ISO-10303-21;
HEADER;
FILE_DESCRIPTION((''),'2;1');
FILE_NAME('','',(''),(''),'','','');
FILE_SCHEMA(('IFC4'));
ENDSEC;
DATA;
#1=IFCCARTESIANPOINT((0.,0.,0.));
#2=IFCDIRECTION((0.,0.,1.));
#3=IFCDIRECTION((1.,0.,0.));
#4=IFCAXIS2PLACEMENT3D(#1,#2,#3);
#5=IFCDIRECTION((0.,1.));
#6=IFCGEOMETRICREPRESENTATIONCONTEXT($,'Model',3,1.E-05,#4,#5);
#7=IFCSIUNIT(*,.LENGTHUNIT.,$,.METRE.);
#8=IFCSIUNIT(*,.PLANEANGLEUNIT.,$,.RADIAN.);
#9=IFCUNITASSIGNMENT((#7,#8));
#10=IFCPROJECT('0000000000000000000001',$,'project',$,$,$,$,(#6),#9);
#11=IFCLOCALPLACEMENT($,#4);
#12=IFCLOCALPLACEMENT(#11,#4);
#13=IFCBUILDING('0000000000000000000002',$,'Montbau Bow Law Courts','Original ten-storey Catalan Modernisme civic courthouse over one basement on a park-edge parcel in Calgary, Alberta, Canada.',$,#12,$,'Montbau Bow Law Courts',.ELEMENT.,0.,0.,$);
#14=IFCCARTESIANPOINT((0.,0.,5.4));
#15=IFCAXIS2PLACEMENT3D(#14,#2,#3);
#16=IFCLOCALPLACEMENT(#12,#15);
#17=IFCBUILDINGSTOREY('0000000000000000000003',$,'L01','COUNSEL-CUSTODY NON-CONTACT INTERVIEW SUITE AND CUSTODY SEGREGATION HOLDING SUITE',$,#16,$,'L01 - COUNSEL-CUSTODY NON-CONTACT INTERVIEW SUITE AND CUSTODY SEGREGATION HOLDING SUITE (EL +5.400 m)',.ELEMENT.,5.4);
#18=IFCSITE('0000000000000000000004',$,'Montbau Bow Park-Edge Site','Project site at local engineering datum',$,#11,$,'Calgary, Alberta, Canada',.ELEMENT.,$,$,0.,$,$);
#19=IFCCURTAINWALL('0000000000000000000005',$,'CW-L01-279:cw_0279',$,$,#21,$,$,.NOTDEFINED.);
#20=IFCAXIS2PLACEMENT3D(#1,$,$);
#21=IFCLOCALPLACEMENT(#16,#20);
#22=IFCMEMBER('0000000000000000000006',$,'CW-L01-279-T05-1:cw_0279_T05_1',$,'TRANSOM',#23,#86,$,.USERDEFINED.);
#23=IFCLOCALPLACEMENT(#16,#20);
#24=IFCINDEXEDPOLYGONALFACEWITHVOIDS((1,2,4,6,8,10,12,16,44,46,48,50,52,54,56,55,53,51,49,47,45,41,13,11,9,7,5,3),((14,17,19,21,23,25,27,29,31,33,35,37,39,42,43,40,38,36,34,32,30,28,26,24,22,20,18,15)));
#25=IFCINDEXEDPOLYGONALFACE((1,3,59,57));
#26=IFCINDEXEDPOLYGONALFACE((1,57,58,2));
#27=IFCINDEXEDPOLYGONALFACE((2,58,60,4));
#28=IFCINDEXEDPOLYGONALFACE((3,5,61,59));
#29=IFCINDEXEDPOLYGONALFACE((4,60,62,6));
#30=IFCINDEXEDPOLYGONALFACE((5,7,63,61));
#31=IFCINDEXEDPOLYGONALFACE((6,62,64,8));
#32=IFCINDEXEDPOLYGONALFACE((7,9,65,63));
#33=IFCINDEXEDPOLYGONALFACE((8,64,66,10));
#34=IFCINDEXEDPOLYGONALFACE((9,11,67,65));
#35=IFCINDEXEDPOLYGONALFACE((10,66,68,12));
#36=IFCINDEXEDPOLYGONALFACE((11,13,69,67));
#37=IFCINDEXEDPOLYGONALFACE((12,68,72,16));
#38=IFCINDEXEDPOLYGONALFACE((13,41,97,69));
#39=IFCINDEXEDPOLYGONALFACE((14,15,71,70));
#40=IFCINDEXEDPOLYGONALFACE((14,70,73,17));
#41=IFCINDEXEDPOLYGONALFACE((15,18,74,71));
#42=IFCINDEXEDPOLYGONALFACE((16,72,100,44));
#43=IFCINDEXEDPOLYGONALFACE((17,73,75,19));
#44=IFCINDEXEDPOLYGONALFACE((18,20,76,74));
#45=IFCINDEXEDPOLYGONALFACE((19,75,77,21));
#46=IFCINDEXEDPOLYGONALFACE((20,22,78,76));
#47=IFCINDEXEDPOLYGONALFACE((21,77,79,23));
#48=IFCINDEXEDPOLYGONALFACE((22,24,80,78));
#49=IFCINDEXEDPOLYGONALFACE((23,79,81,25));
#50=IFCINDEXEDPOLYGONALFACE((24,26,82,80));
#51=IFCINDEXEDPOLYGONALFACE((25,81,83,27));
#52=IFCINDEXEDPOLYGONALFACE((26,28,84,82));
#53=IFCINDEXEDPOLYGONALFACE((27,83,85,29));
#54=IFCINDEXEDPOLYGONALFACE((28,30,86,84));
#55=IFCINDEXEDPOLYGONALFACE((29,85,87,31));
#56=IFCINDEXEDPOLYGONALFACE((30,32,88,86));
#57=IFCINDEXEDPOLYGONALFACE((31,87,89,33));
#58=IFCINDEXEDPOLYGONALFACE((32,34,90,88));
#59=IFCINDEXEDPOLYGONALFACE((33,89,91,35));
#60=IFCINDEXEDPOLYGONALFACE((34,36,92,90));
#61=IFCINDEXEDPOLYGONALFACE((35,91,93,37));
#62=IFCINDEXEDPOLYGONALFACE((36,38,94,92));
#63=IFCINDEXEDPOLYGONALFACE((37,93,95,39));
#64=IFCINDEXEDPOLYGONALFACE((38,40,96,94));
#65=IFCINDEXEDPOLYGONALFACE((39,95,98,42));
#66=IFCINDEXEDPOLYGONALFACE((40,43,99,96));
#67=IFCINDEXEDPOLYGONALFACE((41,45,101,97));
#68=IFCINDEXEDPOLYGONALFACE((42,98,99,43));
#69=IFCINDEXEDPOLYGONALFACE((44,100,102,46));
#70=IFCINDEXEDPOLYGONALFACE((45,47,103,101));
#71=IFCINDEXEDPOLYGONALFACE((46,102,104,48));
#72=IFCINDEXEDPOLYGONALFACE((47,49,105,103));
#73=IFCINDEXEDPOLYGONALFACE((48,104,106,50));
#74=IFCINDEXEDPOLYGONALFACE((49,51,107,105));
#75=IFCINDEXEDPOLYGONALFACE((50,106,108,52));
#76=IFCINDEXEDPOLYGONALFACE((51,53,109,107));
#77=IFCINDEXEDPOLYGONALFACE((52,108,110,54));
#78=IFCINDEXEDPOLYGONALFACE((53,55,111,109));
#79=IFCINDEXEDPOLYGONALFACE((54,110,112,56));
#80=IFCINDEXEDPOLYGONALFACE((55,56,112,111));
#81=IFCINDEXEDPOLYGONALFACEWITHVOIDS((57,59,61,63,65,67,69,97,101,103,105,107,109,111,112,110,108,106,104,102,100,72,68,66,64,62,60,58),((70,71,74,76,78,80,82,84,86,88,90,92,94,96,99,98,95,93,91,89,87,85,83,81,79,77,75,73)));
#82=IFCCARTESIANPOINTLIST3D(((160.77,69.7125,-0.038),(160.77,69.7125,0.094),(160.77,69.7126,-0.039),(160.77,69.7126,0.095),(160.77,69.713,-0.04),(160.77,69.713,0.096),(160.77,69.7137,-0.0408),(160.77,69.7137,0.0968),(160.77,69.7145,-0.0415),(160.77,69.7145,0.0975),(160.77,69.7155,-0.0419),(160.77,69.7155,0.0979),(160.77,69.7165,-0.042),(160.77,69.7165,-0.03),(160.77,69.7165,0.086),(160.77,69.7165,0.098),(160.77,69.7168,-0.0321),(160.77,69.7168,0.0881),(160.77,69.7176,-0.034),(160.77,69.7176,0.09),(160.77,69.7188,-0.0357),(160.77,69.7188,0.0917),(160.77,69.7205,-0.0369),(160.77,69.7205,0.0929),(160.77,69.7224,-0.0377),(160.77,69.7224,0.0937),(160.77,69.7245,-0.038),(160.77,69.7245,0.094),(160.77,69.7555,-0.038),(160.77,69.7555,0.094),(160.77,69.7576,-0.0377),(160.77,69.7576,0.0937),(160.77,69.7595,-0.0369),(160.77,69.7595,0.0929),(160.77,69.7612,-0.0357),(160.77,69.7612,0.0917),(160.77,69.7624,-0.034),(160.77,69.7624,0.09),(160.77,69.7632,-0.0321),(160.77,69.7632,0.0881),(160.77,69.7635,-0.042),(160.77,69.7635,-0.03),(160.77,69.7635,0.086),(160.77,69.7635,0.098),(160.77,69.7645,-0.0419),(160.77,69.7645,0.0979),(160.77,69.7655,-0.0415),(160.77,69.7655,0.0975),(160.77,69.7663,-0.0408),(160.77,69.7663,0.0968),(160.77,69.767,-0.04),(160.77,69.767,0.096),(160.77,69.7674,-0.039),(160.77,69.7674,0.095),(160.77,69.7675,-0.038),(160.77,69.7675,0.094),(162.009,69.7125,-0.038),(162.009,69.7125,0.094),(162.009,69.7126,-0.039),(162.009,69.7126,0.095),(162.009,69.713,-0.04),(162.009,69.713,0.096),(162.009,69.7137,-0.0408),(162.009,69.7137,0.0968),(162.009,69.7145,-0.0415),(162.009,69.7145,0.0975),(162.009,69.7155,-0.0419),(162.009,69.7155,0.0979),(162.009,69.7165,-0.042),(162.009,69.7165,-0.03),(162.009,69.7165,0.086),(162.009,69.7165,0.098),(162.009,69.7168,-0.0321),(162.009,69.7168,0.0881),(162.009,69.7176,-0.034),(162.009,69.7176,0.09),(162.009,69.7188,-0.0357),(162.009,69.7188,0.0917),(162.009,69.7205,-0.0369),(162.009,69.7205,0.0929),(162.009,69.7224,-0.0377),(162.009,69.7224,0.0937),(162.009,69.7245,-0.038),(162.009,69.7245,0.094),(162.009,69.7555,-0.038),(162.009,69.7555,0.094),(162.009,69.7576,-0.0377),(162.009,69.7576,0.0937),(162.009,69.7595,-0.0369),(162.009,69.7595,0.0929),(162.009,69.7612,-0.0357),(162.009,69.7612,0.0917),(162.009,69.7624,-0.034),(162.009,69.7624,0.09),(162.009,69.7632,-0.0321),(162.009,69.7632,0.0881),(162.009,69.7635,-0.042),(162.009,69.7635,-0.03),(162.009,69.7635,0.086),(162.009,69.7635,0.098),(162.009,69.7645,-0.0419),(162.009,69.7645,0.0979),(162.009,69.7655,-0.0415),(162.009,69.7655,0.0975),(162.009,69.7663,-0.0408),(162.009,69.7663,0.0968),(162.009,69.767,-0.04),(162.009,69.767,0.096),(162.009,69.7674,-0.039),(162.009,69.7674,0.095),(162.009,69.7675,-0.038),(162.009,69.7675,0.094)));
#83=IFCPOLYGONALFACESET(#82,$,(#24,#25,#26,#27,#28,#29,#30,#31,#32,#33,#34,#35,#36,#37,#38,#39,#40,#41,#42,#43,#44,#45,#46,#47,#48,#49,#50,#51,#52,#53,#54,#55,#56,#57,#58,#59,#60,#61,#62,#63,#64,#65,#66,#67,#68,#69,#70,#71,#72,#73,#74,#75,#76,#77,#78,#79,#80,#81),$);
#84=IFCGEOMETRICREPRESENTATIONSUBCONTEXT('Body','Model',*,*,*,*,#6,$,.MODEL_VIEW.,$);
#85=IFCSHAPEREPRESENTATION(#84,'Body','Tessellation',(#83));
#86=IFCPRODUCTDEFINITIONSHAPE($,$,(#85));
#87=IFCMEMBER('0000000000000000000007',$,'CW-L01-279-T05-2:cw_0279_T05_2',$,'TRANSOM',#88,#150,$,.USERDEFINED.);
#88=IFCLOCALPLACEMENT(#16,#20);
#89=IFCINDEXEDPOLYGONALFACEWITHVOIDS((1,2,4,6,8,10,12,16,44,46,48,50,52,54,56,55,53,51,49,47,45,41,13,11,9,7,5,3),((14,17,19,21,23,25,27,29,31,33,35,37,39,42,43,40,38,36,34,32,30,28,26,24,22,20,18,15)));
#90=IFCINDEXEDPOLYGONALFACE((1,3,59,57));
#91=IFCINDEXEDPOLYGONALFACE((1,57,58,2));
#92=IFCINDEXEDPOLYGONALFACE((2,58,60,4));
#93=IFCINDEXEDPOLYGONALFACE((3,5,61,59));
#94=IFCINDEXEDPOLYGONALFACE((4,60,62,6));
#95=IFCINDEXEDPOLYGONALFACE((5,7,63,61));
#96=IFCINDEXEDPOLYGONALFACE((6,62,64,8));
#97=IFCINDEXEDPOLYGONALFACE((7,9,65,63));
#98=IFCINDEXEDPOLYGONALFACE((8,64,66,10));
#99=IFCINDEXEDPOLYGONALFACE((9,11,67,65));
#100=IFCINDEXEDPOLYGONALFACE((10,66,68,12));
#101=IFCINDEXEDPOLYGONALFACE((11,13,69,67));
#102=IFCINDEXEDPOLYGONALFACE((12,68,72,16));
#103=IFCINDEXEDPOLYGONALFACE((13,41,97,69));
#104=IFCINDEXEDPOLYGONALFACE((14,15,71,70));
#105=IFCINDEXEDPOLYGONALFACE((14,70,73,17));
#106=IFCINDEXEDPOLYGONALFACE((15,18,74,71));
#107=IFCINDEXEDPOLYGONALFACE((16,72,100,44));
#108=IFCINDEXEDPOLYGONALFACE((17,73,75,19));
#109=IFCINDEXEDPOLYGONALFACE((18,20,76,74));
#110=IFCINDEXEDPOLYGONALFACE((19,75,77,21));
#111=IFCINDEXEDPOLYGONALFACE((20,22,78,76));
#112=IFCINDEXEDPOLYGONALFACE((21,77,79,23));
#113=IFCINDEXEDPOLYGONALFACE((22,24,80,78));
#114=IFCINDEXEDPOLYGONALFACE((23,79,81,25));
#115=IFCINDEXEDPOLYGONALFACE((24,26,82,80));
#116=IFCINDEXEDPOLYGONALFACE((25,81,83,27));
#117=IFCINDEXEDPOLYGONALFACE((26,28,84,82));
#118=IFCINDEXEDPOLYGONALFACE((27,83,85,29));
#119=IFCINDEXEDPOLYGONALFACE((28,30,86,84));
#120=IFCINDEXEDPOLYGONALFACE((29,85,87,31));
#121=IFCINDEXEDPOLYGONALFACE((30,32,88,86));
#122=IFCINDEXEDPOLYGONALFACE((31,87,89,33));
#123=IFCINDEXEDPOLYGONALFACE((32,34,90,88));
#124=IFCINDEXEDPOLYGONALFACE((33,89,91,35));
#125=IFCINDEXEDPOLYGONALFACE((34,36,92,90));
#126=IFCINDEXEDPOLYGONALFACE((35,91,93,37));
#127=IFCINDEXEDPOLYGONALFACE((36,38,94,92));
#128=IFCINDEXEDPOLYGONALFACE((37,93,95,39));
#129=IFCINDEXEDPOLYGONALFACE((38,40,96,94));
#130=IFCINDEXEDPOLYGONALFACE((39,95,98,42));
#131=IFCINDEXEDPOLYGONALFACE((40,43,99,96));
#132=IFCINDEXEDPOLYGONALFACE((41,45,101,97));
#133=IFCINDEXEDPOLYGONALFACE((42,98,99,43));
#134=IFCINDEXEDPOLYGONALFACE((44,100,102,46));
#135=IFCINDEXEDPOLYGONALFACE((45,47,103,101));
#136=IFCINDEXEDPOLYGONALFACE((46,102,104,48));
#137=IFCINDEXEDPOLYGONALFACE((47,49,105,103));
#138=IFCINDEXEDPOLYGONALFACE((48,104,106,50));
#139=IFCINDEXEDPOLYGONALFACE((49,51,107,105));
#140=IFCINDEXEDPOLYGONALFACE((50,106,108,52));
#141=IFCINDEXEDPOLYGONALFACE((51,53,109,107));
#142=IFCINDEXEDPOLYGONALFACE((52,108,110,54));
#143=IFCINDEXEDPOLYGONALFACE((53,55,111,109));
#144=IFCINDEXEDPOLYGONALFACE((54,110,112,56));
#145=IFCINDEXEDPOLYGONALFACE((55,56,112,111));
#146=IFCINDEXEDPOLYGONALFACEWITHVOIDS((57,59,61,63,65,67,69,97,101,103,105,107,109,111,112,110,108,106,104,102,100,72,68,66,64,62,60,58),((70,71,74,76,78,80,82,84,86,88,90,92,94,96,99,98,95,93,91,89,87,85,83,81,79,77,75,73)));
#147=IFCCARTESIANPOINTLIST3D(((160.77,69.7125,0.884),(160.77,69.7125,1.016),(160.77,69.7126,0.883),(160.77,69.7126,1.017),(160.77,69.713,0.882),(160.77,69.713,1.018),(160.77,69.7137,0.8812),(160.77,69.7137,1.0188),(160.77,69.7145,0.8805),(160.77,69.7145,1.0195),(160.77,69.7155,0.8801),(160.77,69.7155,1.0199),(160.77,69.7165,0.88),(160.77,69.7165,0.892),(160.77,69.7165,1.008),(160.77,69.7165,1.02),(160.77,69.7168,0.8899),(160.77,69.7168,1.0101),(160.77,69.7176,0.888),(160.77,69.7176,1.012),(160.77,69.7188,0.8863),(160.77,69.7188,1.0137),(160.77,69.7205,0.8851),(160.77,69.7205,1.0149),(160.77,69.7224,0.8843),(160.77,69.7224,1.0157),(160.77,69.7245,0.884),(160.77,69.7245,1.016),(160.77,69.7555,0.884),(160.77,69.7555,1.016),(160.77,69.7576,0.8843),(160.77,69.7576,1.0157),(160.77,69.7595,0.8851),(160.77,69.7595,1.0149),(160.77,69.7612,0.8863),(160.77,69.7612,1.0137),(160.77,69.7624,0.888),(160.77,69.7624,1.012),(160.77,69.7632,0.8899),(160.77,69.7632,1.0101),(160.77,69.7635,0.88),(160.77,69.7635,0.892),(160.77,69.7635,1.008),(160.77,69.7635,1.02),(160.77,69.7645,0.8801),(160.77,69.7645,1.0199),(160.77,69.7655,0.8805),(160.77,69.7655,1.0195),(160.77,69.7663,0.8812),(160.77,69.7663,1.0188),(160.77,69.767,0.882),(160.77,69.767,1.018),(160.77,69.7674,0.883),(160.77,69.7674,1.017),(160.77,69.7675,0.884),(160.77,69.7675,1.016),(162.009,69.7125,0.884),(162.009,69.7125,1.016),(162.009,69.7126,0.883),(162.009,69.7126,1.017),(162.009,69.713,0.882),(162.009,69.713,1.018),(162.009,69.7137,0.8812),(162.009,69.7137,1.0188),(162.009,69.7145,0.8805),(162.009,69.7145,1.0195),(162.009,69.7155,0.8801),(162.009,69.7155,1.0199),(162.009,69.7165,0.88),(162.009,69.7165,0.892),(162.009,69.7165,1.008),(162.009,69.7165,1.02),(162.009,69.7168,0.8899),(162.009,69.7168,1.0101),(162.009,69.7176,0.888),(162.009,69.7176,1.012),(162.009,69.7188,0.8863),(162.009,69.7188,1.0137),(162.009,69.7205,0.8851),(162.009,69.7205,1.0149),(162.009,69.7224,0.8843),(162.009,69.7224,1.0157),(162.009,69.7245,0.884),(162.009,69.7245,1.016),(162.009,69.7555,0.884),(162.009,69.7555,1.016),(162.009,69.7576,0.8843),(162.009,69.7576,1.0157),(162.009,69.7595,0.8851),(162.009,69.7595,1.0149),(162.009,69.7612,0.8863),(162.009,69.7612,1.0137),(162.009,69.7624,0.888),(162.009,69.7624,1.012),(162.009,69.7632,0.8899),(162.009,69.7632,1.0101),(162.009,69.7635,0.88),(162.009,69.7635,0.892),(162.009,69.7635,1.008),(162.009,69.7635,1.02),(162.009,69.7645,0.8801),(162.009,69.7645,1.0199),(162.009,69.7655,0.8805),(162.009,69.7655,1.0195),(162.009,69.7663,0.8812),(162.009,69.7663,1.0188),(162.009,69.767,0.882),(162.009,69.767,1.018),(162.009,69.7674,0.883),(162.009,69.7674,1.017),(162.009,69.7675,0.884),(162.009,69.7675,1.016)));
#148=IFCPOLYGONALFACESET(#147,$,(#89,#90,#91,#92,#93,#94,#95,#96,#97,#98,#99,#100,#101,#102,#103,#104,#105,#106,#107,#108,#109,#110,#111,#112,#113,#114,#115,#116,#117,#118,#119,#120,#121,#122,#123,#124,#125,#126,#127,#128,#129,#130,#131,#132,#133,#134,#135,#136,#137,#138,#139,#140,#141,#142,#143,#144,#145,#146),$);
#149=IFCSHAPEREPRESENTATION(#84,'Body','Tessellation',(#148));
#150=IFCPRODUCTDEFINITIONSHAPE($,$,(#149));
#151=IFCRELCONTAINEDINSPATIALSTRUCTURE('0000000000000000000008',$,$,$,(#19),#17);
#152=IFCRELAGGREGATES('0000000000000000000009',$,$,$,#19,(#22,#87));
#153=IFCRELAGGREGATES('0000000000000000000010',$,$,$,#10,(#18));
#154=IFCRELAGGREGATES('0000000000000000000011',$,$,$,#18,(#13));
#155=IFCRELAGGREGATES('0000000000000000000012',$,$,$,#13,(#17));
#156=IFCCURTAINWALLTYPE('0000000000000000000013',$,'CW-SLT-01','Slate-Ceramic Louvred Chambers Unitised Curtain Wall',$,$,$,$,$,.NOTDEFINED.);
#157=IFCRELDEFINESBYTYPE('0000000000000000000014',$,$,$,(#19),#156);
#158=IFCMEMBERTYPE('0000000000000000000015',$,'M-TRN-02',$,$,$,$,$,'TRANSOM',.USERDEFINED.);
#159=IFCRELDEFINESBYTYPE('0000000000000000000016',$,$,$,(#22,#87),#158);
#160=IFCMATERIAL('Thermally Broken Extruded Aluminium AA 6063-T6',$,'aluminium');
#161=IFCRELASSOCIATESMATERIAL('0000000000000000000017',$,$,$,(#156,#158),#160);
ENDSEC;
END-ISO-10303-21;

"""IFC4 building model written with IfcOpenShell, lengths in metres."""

from ifc_helpers import new_model, si_unit, direction, frame, origin_with_axes, origin_2d_with_axis, place, context, subcontext, project, spatial, hollow_rectangle, extrude, material, material_profile, profile_set, type_object, element, aggregate, save


model = new_model("IFC4")

# Units and contexts
model_context = context("Model", 3, precision=1e-05, world=origin_with_axes(), true_north=direction((0.0, 1.0)))
body_context = subcontext(model_context, "Body", "Model", "MODEL_VIEW")
ifc_project = project(units=[si_unit("LENGTHUNIT", "METRE"), si_unit("PLANEANGLEUNIT", "RADIAN")], contexts=[model_context])

# Site, building, storey
site_placement = place(None, origin_with_axes())
site = spatial("IfcSite", under=ifc_project, at=site_placement, Name="Montbau Bow Park-Edge Site", Description="Project site at local engineering datum", LongName="Calgary, Alberta, Canada", CompositionType="ELEMENT", RefElevation=0.0)
building_placement = place(site_placement, origin_with_axes())
building = spatial("IfcBuilding", under=site, at=building_placement, Name="Montbau Bow Law Courts", Description="Original ten-storey Catalan Modernisme civic courthouse over one basement on a park-edge parcel in Calgary, Alberta, Canada.", LongName="Montbau Bow Law Courts", CompositionType="ELEMENT", ElevationOfRefHeight=0.0, ElevationOfTerrain=0.0)
storey_placement = place(building_placement, frame((0.0, 0.0, 5.4), z_axis=(0.0, 0.0, 1.0), x_axis=(1.0, 0.0, 0.0)))
storey = spatial("IfcBuildingStorey", under=building, at=storey_placement, Name="L01", Description="COUNSEL-CUSTODY NON-CONTACT INTERVIEW SUITE AND CUSTODY SEGREGATION HOLDING SUITE", LongName="L01 - COUNSEL-CUSTODY NON-CONTACT INTERVIEW SUITE AND CUSTODY SEGREGATION HOLDING SUITE (EL +5.400 m)", CompositionType="ELEMENT", Elevation=5.4)

# Curtain wall
ifc_material_1 = material(Name="Thermally Broken Extruded Aluminium AA 6063-T6", Category="aluminium")
curtain_wall_type = type_object("IfcCurtainWallType", Name="CW-SLT-01", Description="Slate-Ceramic Louvred Chambers Unitised Curtain Wall", PredefinedType="NOTDEFINED", material=ifc_material_1)
curtain_wall_1_placement = place(None, frame((155.315, 69.74, 5.4), z_axis=(0.0, 0.0, 1.0), x_axis=(1.0, 0.0, 0.0)))
curtain_wall_1 = element("IfcCurtainWall", 1, at=curtain_wall_1_placement, inside=storey, type_object=curtain_wall_type, Name="CW-L01-279:cw_0279", PredefinedType="NOTDEFINED")

# Members
ifc_material_profile_1 = material_profile(ifc_material_1, hollow_rectangle(XDim=0.055, YDim=0.14, WallThickness=0.004, InnerFilletRadius=0.008, OuterFilletRadius=0.004, at=origin_2d_with_axis()), Name="CWT-140X55", Category="Main", Priority=0)
ifc_profile_set_1 = profile_set([ifc_material_profile_1], Name="Thermally Broken Extruded Aluminium AA 6063-T6")
member_type_1 = type_object("IfcMemberType", Name="M-TRN-02", ElementType="TRANSOM", PredefinedType="USERDEFINED", material=ifc_profile_set_1)
member_1_placement = place(None, frame((160.77, 69.74, 5.428), z_axis=(1.0, 0.0, 0.0), x_axis=(0.0, 1.0, 0.0)))
member_1 = element("IfcMember", 2, at=member_1_placement, type_object=member_type_1, Name="CW-L01-279-T05-1:cw_0279_T05_1", ObjectType="TRANSOM", PredefinedType="USERDEFINED", context=body_context, shape_type="SweptSolid", body=[
    extrude(hollow_rectangle(XDim=0.055, YDim=0.14, WallThickness=0.004, InnerFilletRadius=0.008, OuterFilletRadius=0.004, at=origin_2d_with_axis()), origin_with_axes(), (0.0, 0.0, 1.0), 1.239),
])
member_2_placement = place(None, frame((160.77, 69.74, 6.35), z_axis=(1.0, 0.0, 0.0), x_axis=(0.0, 1.0, 0.0)))
member_2 = element("IfcMember", 3, at=member_2_placement, type_object=member_type_1, Name="CW-L01-279-T05-2:cw_0279_T05_2", ObjectType="TRANSOM", PredefinedType="USERDEFINED", context=body_context, shape_type="SweptSolid", body=[
    extrude(hollow_rectangle(XDim=0.055, YDim=0.14, WallThickness=0.004, InnerFilletRadius=0.008, OuterFilletRadius=0.004, at=origin_2d_with_axis()), origin_with_axes(), (0.0, 0.0, 1.0), 1.239),
])

aggregate(curtain_wall_1, [member_1, member_2])

save(model, "model.ifc")
